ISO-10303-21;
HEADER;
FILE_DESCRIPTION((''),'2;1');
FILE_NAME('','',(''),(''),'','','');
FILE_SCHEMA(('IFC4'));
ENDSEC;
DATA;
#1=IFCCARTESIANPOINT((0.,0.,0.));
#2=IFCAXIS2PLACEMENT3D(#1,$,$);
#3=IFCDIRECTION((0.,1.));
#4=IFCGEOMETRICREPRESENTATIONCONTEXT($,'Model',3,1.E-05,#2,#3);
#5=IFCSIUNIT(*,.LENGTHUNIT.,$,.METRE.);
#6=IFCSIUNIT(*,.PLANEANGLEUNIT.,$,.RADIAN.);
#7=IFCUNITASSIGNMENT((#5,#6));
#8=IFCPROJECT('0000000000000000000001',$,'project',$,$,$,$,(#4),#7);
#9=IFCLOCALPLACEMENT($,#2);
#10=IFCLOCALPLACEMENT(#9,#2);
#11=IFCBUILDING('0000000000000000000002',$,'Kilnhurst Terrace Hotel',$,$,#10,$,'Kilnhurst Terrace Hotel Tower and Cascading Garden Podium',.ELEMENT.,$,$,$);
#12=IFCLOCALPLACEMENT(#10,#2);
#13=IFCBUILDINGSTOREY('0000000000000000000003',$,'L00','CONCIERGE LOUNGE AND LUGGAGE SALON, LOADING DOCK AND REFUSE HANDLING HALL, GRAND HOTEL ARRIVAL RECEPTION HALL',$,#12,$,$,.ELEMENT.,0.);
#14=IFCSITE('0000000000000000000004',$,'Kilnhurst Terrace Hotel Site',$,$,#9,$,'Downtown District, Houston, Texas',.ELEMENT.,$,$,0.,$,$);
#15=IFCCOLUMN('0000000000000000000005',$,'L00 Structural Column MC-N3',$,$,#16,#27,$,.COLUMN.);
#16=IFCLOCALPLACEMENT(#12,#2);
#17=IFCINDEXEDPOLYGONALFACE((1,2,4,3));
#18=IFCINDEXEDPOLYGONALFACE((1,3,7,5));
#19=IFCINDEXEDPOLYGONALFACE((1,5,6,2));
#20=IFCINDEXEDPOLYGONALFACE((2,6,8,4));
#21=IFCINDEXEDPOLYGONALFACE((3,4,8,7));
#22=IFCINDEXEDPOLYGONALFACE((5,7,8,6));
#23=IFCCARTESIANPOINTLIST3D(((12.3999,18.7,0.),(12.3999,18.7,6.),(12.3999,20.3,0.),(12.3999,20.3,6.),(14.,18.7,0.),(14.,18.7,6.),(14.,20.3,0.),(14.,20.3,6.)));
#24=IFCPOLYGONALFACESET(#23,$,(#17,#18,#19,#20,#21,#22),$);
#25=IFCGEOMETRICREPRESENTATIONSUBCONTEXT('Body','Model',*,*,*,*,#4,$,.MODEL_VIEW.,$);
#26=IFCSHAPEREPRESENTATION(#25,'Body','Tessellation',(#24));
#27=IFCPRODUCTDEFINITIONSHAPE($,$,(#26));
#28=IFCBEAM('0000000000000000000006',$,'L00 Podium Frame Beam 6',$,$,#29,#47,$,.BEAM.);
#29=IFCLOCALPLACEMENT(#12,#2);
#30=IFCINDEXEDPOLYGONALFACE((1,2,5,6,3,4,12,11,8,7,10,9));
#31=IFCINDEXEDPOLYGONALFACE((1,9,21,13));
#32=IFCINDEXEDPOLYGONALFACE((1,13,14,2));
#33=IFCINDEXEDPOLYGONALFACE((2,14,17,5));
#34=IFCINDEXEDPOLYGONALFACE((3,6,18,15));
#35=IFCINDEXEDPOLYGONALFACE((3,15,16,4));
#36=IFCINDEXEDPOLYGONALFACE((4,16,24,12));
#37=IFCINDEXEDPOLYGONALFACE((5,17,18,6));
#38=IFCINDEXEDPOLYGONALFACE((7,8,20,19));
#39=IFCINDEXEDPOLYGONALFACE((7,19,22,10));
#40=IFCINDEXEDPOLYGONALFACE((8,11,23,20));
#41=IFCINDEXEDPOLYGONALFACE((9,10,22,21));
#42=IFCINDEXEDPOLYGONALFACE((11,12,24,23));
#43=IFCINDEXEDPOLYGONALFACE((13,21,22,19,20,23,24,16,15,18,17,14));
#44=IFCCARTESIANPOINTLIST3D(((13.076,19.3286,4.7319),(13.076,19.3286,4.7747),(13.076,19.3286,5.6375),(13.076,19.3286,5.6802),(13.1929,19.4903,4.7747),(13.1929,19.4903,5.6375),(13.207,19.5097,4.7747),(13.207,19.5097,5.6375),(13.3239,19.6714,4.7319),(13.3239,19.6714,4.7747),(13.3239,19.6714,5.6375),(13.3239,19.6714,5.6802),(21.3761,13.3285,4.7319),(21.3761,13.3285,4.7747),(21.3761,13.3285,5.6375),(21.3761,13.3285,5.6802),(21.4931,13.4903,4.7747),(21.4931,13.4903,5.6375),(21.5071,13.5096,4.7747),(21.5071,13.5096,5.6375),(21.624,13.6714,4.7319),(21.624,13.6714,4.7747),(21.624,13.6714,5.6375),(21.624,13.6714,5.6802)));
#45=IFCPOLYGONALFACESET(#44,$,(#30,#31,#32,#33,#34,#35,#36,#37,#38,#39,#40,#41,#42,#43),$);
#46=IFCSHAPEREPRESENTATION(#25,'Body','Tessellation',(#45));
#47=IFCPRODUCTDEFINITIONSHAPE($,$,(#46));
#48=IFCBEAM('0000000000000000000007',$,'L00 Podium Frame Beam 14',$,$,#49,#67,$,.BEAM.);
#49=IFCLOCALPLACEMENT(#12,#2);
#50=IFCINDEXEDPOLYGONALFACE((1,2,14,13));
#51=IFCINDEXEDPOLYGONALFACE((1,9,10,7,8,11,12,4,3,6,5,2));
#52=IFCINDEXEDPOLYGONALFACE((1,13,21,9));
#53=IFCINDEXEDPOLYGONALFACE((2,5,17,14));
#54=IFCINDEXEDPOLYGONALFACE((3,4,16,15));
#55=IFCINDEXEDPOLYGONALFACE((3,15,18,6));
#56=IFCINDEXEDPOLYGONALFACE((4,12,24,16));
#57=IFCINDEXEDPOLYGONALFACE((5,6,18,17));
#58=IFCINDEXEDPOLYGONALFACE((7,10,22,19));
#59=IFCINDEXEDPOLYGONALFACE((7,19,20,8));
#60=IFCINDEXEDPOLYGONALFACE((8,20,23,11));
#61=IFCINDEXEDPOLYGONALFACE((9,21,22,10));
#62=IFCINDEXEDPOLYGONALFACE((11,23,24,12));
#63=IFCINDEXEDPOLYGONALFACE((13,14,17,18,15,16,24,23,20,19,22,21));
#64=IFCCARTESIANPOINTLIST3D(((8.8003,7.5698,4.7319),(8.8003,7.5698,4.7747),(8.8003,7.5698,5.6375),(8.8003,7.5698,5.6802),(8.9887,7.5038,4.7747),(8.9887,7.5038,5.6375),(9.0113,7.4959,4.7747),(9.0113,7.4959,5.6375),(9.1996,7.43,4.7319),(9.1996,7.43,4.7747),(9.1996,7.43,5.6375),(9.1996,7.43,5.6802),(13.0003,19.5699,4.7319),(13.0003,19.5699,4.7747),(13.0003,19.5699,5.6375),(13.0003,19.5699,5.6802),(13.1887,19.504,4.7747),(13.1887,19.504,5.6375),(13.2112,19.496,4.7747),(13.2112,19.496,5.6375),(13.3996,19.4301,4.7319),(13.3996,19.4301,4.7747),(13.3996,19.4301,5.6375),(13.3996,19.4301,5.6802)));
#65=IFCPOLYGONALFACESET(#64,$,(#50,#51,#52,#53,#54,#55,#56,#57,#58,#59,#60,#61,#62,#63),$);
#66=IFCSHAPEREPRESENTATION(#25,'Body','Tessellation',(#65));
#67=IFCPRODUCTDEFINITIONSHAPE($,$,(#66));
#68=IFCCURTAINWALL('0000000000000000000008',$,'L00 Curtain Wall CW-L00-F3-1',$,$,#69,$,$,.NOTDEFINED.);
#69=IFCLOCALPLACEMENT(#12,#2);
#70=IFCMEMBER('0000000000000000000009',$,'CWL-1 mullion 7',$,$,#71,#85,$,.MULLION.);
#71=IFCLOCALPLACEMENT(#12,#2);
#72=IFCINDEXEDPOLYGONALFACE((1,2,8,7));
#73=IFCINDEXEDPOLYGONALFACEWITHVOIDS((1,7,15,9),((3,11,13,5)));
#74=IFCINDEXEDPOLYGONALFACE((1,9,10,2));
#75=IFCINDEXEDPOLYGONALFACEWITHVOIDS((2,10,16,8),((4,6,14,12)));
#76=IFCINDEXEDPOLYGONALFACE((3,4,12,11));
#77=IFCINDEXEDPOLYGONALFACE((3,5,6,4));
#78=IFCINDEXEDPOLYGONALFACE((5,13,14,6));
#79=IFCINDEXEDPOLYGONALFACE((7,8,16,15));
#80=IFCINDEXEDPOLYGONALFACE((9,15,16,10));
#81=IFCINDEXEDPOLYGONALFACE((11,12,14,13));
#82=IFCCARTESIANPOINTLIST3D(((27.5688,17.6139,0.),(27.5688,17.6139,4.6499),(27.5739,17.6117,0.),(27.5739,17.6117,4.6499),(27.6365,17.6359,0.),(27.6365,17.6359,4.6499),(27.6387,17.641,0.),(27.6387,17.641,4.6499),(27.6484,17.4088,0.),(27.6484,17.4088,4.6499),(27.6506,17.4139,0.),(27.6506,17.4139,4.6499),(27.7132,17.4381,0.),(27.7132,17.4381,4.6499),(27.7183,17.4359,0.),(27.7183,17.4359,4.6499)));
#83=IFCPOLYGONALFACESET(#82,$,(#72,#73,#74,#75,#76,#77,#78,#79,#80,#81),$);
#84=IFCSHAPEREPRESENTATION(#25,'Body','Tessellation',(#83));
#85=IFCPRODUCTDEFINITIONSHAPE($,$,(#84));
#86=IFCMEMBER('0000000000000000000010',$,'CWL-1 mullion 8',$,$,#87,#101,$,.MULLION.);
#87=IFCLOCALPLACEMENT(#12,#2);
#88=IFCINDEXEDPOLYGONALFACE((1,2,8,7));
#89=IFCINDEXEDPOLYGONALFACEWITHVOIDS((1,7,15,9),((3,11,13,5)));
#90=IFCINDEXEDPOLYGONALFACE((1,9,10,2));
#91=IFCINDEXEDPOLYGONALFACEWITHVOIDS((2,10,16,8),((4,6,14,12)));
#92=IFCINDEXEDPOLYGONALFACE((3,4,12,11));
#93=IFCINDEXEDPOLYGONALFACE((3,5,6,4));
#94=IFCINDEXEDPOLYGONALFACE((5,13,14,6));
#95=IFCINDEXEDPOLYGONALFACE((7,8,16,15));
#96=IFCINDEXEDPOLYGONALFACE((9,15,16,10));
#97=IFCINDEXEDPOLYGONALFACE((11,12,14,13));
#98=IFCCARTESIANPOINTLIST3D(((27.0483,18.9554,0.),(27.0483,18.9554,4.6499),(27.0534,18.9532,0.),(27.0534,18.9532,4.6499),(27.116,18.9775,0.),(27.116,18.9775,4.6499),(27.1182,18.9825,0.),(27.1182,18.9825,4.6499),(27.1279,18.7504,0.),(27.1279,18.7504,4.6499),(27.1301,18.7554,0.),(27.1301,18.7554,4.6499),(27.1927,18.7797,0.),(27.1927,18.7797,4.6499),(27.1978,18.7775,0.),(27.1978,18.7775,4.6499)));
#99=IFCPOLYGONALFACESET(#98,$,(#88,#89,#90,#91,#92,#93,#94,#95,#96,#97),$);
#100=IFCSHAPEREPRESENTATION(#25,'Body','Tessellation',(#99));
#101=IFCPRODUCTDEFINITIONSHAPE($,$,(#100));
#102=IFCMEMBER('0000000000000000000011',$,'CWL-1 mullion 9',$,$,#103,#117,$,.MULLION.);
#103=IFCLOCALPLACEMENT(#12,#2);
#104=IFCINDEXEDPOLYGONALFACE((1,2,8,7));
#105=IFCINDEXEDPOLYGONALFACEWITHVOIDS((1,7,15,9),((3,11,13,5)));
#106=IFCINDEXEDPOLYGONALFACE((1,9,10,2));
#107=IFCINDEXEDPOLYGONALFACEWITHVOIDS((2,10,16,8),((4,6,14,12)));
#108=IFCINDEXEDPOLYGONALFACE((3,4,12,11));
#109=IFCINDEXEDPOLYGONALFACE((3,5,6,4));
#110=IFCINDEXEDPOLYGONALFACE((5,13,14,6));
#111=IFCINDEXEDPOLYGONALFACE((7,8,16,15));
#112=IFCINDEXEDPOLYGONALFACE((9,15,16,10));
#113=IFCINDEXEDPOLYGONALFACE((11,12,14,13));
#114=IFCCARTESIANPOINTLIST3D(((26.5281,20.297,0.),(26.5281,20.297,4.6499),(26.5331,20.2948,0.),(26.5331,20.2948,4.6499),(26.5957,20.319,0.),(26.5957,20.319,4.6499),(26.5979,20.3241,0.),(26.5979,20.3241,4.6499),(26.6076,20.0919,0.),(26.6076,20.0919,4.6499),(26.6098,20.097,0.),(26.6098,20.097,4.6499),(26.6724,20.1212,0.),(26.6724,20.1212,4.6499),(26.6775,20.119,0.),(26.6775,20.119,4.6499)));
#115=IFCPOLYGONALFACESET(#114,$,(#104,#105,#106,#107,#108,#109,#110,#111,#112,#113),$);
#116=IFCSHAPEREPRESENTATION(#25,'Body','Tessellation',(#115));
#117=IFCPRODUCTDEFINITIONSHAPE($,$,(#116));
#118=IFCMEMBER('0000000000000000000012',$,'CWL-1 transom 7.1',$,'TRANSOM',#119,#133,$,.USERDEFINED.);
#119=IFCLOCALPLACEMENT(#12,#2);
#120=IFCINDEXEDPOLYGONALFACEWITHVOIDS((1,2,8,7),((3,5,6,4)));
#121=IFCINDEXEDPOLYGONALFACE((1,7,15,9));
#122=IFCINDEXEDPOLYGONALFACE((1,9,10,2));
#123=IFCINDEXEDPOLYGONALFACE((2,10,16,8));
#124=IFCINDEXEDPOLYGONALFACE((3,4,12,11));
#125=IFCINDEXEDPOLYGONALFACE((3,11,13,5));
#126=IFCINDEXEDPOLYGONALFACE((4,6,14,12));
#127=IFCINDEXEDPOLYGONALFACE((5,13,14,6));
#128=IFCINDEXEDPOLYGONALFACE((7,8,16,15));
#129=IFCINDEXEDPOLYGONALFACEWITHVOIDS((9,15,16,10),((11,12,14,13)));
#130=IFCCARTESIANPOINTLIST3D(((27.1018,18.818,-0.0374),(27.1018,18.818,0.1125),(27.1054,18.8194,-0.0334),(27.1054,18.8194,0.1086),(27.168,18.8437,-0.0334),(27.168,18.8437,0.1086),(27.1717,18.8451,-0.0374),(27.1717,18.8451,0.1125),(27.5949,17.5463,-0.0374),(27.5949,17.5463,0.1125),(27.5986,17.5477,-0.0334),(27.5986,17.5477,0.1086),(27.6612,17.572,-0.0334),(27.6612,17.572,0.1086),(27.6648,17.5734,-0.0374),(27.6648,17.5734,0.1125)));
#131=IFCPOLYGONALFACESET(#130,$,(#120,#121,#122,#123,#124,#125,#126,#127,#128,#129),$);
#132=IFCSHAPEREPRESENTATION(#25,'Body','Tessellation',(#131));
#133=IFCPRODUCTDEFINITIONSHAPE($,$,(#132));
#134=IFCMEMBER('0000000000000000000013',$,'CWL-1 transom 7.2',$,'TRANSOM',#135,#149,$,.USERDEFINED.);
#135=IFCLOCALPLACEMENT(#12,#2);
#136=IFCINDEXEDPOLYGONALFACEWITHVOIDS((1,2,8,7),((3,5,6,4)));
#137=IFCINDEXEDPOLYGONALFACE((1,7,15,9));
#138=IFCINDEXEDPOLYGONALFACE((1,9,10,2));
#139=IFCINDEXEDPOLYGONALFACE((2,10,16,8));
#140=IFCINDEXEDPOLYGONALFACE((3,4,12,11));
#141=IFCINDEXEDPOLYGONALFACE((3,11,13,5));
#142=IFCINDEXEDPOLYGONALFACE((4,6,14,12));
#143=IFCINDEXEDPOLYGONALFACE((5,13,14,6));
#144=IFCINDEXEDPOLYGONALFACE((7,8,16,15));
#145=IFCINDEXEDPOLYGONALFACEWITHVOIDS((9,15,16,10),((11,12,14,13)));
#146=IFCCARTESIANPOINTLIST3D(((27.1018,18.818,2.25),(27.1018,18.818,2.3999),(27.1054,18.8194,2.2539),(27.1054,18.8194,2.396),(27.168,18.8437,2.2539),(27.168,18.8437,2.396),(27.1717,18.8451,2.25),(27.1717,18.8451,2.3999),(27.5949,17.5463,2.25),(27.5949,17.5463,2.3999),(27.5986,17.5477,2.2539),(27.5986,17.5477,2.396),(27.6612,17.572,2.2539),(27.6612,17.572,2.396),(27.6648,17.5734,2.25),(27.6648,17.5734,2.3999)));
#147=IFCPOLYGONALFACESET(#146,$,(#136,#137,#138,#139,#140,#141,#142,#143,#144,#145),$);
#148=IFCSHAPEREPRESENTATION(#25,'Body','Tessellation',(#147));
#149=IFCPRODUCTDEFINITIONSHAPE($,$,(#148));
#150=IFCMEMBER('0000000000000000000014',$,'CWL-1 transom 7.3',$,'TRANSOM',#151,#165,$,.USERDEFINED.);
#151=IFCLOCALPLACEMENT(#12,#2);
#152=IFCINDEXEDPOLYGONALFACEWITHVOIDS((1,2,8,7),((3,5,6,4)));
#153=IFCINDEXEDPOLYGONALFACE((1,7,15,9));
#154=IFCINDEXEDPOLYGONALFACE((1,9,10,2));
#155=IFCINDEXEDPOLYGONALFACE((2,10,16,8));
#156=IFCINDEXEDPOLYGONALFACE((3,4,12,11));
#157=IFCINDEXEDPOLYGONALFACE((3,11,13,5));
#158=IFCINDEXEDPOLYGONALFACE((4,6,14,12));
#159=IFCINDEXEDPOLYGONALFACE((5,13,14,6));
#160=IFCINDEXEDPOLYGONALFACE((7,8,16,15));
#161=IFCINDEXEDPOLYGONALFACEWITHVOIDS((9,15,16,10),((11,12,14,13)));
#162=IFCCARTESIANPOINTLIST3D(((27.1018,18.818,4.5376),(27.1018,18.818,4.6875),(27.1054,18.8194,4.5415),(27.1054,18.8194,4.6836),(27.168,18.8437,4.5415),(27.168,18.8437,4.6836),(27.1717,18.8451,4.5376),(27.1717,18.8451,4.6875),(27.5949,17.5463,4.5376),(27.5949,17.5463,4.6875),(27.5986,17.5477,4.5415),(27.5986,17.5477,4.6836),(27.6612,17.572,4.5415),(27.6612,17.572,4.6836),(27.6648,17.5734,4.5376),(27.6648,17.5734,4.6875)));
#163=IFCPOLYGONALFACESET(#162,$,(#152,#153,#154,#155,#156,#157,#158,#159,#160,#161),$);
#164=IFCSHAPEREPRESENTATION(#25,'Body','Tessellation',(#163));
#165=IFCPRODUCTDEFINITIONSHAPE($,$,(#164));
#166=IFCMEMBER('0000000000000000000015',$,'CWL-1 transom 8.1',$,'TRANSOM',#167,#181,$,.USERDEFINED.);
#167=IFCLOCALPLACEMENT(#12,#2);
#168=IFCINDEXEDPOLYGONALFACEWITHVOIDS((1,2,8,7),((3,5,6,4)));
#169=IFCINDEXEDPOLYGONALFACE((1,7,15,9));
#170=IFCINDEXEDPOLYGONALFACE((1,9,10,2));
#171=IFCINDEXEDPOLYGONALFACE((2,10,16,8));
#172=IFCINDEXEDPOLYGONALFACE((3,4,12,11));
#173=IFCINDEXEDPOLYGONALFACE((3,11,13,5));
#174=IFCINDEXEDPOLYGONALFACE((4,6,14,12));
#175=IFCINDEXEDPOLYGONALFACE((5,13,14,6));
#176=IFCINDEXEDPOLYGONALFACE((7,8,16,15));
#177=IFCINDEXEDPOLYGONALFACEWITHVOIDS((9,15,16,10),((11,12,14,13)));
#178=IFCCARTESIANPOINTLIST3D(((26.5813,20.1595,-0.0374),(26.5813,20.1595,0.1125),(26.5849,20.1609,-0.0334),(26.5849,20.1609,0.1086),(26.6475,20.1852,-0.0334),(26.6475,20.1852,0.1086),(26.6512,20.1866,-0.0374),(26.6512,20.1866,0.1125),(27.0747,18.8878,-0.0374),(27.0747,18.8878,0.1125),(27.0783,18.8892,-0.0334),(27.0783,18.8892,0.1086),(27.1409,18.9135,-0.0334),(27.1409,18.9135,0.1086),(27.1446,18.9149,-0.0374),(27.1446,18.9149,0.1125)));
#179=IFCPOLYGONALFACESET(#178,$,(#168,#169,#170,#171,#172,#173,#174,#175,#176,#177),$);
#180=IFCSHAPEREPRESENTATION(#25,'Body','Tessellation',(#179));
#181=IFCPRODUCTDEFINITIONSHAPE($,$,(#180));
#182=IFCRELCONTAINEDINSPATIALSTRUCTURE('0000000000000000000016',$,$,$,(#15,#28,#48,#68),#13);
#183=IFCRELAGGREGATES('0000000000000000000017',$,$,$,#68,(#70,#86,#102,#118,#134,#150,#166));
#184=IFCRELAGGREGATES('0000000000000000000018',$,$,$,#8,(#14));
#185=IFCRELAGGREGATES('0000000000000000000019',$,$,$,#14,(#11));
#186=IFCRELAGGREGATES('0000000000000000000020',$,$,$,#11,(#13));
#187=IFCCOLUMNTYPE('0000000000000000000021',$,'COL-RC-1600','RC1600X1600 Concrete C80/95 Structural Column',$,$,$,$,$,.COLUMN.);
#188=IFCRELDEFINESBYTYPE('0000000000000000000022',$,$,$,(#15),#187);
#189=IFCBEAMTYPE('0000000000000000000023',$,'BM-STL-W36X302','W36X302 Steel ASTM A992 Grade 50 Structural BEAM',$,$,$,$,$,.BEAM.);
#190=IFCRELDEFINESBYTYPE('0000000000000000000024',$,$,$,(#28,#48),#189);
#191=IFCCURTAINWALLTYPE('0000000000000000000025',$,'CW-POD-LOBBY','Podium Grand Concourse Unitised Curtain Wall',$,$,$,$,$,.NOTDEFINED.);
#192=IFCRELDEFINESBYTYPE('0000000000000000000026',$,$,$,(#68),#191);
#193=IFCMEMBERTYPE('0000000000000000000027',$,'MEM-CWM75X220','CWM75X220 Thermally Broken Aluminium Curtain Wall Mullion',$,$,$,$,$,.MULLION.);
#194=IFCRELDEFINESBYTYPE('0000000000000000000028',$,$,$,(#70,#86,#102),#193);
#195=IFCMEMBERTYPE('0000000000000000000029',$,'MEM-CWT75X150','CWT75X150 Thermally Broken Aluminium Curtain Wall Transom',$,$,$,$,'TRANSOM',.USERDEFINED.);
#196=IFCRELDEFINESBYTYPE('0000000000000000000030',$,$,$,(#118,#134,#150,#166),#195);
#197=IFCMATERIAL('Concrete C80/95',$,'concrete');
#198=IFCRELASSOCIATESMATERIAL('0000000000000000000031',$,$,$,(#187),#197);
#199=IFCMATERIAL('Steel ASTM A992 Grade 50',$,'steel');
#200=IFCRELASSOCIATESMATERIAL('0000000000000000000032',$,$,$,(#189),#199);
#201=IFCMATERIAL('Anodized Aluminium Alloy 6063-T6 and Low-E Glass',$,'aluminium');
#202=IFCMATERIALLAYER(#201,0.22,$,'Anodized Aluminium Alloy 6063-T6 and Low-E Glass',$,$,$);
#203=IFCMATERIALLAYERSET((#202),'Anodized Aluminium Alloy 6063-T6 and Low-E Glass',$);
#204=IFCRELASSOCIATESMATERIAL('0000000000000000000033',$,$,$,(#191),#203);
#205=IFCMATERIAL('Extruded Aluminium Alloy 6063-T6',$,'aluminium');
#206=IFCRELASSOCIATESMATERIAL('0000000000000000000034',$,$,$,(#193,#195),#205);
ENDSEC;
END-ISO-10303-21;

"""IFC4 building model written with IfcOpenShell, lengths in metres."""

from ifc_helpers import new_model, si_unit, direction, frame, origin, origin_2d, place, context, subcontext, project, spatial, rectangle, hollow_rectangle, i_section, extrude, material, layer, layer_set, material_profile, profile_set, type_object, element, aggregate, save


model = new_model("IFC4")

# Units and contexts
model_context = context("Model", 3, precision=1e-05, world=origin(), true_north=direction((0.0, 1.0)))
body_context = subcontext(model_context, "Body", "Model", "MODEL_VIEW")
ifc_project = project(units=[si_unit("LENGTHUNIT", "METRE"), si_unit("PLANEANGLEUNIT", "RADIAN")], contexts=[model_context])

# Site, building, storey
site_placement = place(None, origin())
site = spatial("IfcSite", under=ifc_project, at=site_placement, Name="Kilnhurst Terrace Hotel Site", LongName="Downtown District, Houston, Texas", CompositionType="ELEMENT", RefElevation=0.0)
building_placement = place(site_placement, origin())
building = spatial("IfcBuilding", under=site, at=building_placement, Name="Kilnhurst Terrace Hotel", LongName="Kilnhurst Terrace Hotel Tower and Cascading Garden Podium", CompositionType="ELEMENT")
storey_placement = place(building_placement, origin())
storey = spatial("IfcBuildingStorey", under=building, at=storey_placement, Name="L00", Description="CONCIERGE LOUNGE AND LUGGAGE SALON, LOADING DOCK AND REFUSE HANDLING HALL, GRAND HOTEL ARRIVAL RECEPTION HALL", CompositionType="ELEMENT", Elevation=0.0)

# Column
ifc_material_1 = material(Name="Concrete C80/95", Category="concrete")
ifc_material_profile_1 = material_profile(ifc_material_1, rectangle(XDim=1.6001, YDim=1.6001, at=origin_2d()), Name="RC1600X1600")
ifc_profile_set_1 = profile_set([ifc_material_profile_1], Name="Concrete C80/95")
column_type = type_object("IfcColumnType", Name="COL-RC-1600", Description="RC1600X1600 Concrete C80/95 Structural Column", PredefinedType="COLUMN", material=ifc_profile_set_1)
column_placement = place(storey_placement, frame((13.2, 19.5, 0.0), z_axis=(0.0, 0.0, 1.0), x_axis=(1.0, 0.0, 0.0)))
element("IfcColumn", 1, at=column_placement, inside=storey, type_object=column_type, Name="L00 Structural Column MC-N3", PredefinedType="COLUMN", context=body_context, shape_type="SweptSolid", body=[
    extrude(rectangle(XDim=1.6001, YDim=1.6001, at=origin_2d()), origin(), (0.0, 0.0, 1.0), 6.0),
])

# Beams
ifc_material_2 = material(Name="Steel ASTM A992 Grade 50", Category="steel")
ifc_material_profile_2 = material_profile(ifc_material_2, i_section(OverallWidth=0.4231, OverallDepth=0.9482, WebThickness=0.0239, FlangeThickness=0.0427, at=origin_2d()), Name="W36X302")
ifc_profile_set_2 = profile_set([ifc_material_profile_2], Name="Steel ASTM A992 Grade 50")
beam_type = type_object("IfcBeamType", Name="BM-STL-W36X302", Description="W36X302 Steel ASTM A992 Grade 50 Structural BEAM", PredefinedType="BEAM", material=ifc_profile_set_2)
beam_1_placement = place(storey_placement, frame((13.2, 19.5, 5.2061), z_axis=(0.810423, -0.585845, 0.0), x_axis=(0.585845, 0.810423, 0.0)))
element("IfcBeam", 2, at=beam_1_placement, inside=storey, type_object=beam_type, Name="L00 Podium Frame Beam 6", PredefinedType="BEAM", context=body_context, shape_type="SweptSolid", body=[
    extrude(i_section(OverallWidth=0.4231, OverallDepth=0.9482, WebThickness=0.0239, FlangeThickness=0.0427, at=origin_2d()), origin(), (0.0, 0.0, 1.0), 10.2417),
])
beam_2_placement = place(storey_placement, frame((13.2, 19.5, 5.2061), z_axis=(-0.330347, -0.94386, 0.0), x_axis=(0.94386, -0.330347, 0.0)))
element("IfcBeam", 3, at=beam_2_placement, inside=storey, type_object=beam_type, Name="L00 Podium Frame Beam 14", PredefinedType="BEAM", context=body_context, shape_type="SweptSolid", body=[
    extrude(i_section(OverallWidth=0.4231, OverallDepth=0.9482, WebThickness=0.0239, FlangeThickness=0.0427, at=origin_2d()), origin(), (0.0, 0.0, 1.0), 12.7139),
])

# Curtain wall, members
ifc_material_3 = material(Name="Anodized Aluminium Alloy 6063-T6 and Low-E Glass", Category="aluminium")
ifc_layer_1 = layer(ifc_material_3, 0.22, Name="Anodized Aluminium Alloy 6063-T6 and Low-E Glass")
ifc_layer_set_1 = layer_set([ifc_layer_1], Name="Anodized Aluminium Alloy 6063-T6 and Low-E Glass")
curtain_wall_type = type_object("IfcCurtainWallType", Name="CW-POD-LOBBY", Description="Podium Grand Concourse Unitised Curtain Wall", PredefinedType="NOTDEFINED", material=ifc_layer_set_1)
curtain_wall_placement = place(storey_placement, origin())
curtain_wall = element("IfcCurtainWall", 4, at=curtain_wall_placement, inside=storey, type_object=curtain_wall_type, Name="L00 Curtain Wall CW-L00-F3-1", PredefinedType="NOTDEFINED")
ifc_material_4 = material(Name="Extruded Aluminium Alloy 6063-T6", Category="aluminium")
ifc_material_profile_3 = material_profile(ifc_material_4, hollow_rectangle(XDim=0.075, YDim=0.22, WallThickness=0.0039, at=origin_2d()), Name="CWM75X220")
ifc_profile_set_3 = profile_set([ifc_material_profile_3], Name="Extruded Aluminium Alloy 6063-T6")
member_type_1 = type_object("IfcMemberType", Name="MEM-CWM75X220", Description="CWM75X220 Thermally Broken Aluminium Curtain Wall Mullion", PredefinedType="MULLION", material=ifc_profile_set_3)
member_1_placement = place(storey_placement, frame((27.6436, 17.5249, 0.0), z_axis=(0.0, 0.0, 1.0), x_axis=(-0.932318, -0.361639, 0.0)))
member_1 = element("IfcMember", 5, at=member_1_placement, type_object=member_type_1, Name="CWL-1 mullion 7", PredefinedType="MULLION", context=body_context, shape_type="SweptSolid", body=[
    extrude(hollow_rectangle(XDim=0.075, YDim=0.22, WallThickness=0.0039, at=origin_2d()), origin(), (0.0, 0.0, 1.0), 4.6499),
])
member_2_placement = place(storey_placement, frame((27.123, 18.8665, 0.0), z_axis=(0.0, 0.0, 1.0), x_axis=(-0.932318, -0.361639, 0.0)))
member_2 = element("IfcMember", 6, at=member_2_placement, type_object=member_type_1, Name="CWL-1 mullion 8", PredefinedType="MULLION", context=body_context, shape_type="SweptSolid", body=[
    extrude(hollow_rectangle(XDim=0.075, YDim=0.22, WallThickness=0.0039, at=origin_2d()), origin(), (0.0, 0.0, 1.0), 4.6499),
])
member_3_placement = place(storey_placement, frame((26.6028, 20.208, 0.0), z_axis=(0.0, 0.0, 1.0), x_axis=(-0.932318, -0.361639, 0.0)))
member_3 = element("IfcMember", 7, at=member_3_placement, type_object=member_type_1, Name="CWL-1 mullion 9", PredefinedType="MULLION", context=body_context, shape_type="SweptSolid", body=[
    extrude(hollow_rectangle(XDim=0.075, YDim=0.22, WallThickness=0.0039, at=origin_2d()), origin(), (0.0, 0.0, 1.0), 4.6499),
])
ifc_material_profile_4 = material_profile(ifc_material_4, hollow_rectangle(XDim=0.075, YDim=0.1499, WallThickness=0.0039, at=origin_2d()), Name="CWT75X150")
ifc_profile_set_4 = profile_set([ifc_material_profile_4], Name="Extruded Aluminium Alloy 6063-T6")
member_type_2 = type_object("IfcMemberType", Name="MEM-CWT75X150", Description="CWT75X150 Thermally Broken Aluminium Curtain Wall Transom", ElementType="TRANSOM", PredefinedType="USERDEFINED", material=ifc_profile_set_4)
member_4_placement = place(storey_placement, frame((27.6299, 17.5598, 0.0376), z_axis=(-0.361556, 0.93235, 0.0), x_axis=(-0.93235, -0.361556, 0.0)))
member_4 = element("IfcMember", 8, at=member_4_placement, type_object=member_type_2, Name="CWL-1 transom 7.1", ObjectType="TRANSOM", PredefinedType="USERDEFINED", context=body_context, shape_type="SweptSolid", body=[
    extrude(hollow_rectangle(XDim=0.075, YDim=0.1499, WallThickness=0.0039, at=origin_2d()), origin(), (0.0, 0.0, 1.0), 1.364),
])
member_5_placement = place(storey_placement, frame((27.6299, 17.5598, 2.325), z_axis=(-0.361556, 0.93235, 0.0), x_axis=(-0.93235, -0.361556, 0.0)))
member_5 = element("IfcMember", 9, at=member_5_placement, type_object=member_type_2, Name="CWL-1 transom 7.2", ObjectType="TRANSOM", PredefinedType="USERDEFINED", context=body_context, shape_type="SweptSolid", body=[
    extrude(hollow_rectangle(XDim=0.075, YDim=0.1499, WallThickness=0.0039, at=origin_2d()), origin(), (0.0, 0.0, 1.0), 1.364),
])
member_6_placement = place(storey_placement, frame((27.6299, 17.5598, 4.6125), z_axis=(-0.361556, 0.93235, 0.0), x_axis=(-0.93235, -0.361556, 0.0)))
member_6 = element("IfcMember", 10, at=member_6_placement, type_object=member_type_2, Name="CWL-1 transom 7.3", ObjectType="TRANSOM", PredefinedType="USERDEFINED", context=body_context, shape_type="SweptSolid", body=[
    extrude(hollow_rectangle(XDim=0.075, YDim=0.1499, WallThickness=0.0039, at=origin_2d()), origin(), (0.0, 0.0, 1.0), 1.364),
])
member_7_placement = place(storey_placement, frame((27.1096, 18.9014, 0.0376), z_axis=(-0.361712, 0.93229, 0.0), x_axis=(-0.93229, -0.361712, 0.0)))
member_7 = element("IfcMember", 11, at=member_7_placement, type_object=member_type_2, Name="CWL-1 transom 8.1", ObjectType="TRANSOM", PredefinedType="USERDEFINED", context=body_context, shape_type="SweptSolid", body=[
    extrude(hollow_rectangle(XDim=0.075, YDim=0.1499, WallThickness=0.0039, at=origin_2d()), origin(), (0.0, 0.0, 1.0), 1.364),
])
aggregate(curtain_wall, [member_1, member_2, member_3, member_4, member_5, member_6, member_7])

save(model, "model.ifc")
